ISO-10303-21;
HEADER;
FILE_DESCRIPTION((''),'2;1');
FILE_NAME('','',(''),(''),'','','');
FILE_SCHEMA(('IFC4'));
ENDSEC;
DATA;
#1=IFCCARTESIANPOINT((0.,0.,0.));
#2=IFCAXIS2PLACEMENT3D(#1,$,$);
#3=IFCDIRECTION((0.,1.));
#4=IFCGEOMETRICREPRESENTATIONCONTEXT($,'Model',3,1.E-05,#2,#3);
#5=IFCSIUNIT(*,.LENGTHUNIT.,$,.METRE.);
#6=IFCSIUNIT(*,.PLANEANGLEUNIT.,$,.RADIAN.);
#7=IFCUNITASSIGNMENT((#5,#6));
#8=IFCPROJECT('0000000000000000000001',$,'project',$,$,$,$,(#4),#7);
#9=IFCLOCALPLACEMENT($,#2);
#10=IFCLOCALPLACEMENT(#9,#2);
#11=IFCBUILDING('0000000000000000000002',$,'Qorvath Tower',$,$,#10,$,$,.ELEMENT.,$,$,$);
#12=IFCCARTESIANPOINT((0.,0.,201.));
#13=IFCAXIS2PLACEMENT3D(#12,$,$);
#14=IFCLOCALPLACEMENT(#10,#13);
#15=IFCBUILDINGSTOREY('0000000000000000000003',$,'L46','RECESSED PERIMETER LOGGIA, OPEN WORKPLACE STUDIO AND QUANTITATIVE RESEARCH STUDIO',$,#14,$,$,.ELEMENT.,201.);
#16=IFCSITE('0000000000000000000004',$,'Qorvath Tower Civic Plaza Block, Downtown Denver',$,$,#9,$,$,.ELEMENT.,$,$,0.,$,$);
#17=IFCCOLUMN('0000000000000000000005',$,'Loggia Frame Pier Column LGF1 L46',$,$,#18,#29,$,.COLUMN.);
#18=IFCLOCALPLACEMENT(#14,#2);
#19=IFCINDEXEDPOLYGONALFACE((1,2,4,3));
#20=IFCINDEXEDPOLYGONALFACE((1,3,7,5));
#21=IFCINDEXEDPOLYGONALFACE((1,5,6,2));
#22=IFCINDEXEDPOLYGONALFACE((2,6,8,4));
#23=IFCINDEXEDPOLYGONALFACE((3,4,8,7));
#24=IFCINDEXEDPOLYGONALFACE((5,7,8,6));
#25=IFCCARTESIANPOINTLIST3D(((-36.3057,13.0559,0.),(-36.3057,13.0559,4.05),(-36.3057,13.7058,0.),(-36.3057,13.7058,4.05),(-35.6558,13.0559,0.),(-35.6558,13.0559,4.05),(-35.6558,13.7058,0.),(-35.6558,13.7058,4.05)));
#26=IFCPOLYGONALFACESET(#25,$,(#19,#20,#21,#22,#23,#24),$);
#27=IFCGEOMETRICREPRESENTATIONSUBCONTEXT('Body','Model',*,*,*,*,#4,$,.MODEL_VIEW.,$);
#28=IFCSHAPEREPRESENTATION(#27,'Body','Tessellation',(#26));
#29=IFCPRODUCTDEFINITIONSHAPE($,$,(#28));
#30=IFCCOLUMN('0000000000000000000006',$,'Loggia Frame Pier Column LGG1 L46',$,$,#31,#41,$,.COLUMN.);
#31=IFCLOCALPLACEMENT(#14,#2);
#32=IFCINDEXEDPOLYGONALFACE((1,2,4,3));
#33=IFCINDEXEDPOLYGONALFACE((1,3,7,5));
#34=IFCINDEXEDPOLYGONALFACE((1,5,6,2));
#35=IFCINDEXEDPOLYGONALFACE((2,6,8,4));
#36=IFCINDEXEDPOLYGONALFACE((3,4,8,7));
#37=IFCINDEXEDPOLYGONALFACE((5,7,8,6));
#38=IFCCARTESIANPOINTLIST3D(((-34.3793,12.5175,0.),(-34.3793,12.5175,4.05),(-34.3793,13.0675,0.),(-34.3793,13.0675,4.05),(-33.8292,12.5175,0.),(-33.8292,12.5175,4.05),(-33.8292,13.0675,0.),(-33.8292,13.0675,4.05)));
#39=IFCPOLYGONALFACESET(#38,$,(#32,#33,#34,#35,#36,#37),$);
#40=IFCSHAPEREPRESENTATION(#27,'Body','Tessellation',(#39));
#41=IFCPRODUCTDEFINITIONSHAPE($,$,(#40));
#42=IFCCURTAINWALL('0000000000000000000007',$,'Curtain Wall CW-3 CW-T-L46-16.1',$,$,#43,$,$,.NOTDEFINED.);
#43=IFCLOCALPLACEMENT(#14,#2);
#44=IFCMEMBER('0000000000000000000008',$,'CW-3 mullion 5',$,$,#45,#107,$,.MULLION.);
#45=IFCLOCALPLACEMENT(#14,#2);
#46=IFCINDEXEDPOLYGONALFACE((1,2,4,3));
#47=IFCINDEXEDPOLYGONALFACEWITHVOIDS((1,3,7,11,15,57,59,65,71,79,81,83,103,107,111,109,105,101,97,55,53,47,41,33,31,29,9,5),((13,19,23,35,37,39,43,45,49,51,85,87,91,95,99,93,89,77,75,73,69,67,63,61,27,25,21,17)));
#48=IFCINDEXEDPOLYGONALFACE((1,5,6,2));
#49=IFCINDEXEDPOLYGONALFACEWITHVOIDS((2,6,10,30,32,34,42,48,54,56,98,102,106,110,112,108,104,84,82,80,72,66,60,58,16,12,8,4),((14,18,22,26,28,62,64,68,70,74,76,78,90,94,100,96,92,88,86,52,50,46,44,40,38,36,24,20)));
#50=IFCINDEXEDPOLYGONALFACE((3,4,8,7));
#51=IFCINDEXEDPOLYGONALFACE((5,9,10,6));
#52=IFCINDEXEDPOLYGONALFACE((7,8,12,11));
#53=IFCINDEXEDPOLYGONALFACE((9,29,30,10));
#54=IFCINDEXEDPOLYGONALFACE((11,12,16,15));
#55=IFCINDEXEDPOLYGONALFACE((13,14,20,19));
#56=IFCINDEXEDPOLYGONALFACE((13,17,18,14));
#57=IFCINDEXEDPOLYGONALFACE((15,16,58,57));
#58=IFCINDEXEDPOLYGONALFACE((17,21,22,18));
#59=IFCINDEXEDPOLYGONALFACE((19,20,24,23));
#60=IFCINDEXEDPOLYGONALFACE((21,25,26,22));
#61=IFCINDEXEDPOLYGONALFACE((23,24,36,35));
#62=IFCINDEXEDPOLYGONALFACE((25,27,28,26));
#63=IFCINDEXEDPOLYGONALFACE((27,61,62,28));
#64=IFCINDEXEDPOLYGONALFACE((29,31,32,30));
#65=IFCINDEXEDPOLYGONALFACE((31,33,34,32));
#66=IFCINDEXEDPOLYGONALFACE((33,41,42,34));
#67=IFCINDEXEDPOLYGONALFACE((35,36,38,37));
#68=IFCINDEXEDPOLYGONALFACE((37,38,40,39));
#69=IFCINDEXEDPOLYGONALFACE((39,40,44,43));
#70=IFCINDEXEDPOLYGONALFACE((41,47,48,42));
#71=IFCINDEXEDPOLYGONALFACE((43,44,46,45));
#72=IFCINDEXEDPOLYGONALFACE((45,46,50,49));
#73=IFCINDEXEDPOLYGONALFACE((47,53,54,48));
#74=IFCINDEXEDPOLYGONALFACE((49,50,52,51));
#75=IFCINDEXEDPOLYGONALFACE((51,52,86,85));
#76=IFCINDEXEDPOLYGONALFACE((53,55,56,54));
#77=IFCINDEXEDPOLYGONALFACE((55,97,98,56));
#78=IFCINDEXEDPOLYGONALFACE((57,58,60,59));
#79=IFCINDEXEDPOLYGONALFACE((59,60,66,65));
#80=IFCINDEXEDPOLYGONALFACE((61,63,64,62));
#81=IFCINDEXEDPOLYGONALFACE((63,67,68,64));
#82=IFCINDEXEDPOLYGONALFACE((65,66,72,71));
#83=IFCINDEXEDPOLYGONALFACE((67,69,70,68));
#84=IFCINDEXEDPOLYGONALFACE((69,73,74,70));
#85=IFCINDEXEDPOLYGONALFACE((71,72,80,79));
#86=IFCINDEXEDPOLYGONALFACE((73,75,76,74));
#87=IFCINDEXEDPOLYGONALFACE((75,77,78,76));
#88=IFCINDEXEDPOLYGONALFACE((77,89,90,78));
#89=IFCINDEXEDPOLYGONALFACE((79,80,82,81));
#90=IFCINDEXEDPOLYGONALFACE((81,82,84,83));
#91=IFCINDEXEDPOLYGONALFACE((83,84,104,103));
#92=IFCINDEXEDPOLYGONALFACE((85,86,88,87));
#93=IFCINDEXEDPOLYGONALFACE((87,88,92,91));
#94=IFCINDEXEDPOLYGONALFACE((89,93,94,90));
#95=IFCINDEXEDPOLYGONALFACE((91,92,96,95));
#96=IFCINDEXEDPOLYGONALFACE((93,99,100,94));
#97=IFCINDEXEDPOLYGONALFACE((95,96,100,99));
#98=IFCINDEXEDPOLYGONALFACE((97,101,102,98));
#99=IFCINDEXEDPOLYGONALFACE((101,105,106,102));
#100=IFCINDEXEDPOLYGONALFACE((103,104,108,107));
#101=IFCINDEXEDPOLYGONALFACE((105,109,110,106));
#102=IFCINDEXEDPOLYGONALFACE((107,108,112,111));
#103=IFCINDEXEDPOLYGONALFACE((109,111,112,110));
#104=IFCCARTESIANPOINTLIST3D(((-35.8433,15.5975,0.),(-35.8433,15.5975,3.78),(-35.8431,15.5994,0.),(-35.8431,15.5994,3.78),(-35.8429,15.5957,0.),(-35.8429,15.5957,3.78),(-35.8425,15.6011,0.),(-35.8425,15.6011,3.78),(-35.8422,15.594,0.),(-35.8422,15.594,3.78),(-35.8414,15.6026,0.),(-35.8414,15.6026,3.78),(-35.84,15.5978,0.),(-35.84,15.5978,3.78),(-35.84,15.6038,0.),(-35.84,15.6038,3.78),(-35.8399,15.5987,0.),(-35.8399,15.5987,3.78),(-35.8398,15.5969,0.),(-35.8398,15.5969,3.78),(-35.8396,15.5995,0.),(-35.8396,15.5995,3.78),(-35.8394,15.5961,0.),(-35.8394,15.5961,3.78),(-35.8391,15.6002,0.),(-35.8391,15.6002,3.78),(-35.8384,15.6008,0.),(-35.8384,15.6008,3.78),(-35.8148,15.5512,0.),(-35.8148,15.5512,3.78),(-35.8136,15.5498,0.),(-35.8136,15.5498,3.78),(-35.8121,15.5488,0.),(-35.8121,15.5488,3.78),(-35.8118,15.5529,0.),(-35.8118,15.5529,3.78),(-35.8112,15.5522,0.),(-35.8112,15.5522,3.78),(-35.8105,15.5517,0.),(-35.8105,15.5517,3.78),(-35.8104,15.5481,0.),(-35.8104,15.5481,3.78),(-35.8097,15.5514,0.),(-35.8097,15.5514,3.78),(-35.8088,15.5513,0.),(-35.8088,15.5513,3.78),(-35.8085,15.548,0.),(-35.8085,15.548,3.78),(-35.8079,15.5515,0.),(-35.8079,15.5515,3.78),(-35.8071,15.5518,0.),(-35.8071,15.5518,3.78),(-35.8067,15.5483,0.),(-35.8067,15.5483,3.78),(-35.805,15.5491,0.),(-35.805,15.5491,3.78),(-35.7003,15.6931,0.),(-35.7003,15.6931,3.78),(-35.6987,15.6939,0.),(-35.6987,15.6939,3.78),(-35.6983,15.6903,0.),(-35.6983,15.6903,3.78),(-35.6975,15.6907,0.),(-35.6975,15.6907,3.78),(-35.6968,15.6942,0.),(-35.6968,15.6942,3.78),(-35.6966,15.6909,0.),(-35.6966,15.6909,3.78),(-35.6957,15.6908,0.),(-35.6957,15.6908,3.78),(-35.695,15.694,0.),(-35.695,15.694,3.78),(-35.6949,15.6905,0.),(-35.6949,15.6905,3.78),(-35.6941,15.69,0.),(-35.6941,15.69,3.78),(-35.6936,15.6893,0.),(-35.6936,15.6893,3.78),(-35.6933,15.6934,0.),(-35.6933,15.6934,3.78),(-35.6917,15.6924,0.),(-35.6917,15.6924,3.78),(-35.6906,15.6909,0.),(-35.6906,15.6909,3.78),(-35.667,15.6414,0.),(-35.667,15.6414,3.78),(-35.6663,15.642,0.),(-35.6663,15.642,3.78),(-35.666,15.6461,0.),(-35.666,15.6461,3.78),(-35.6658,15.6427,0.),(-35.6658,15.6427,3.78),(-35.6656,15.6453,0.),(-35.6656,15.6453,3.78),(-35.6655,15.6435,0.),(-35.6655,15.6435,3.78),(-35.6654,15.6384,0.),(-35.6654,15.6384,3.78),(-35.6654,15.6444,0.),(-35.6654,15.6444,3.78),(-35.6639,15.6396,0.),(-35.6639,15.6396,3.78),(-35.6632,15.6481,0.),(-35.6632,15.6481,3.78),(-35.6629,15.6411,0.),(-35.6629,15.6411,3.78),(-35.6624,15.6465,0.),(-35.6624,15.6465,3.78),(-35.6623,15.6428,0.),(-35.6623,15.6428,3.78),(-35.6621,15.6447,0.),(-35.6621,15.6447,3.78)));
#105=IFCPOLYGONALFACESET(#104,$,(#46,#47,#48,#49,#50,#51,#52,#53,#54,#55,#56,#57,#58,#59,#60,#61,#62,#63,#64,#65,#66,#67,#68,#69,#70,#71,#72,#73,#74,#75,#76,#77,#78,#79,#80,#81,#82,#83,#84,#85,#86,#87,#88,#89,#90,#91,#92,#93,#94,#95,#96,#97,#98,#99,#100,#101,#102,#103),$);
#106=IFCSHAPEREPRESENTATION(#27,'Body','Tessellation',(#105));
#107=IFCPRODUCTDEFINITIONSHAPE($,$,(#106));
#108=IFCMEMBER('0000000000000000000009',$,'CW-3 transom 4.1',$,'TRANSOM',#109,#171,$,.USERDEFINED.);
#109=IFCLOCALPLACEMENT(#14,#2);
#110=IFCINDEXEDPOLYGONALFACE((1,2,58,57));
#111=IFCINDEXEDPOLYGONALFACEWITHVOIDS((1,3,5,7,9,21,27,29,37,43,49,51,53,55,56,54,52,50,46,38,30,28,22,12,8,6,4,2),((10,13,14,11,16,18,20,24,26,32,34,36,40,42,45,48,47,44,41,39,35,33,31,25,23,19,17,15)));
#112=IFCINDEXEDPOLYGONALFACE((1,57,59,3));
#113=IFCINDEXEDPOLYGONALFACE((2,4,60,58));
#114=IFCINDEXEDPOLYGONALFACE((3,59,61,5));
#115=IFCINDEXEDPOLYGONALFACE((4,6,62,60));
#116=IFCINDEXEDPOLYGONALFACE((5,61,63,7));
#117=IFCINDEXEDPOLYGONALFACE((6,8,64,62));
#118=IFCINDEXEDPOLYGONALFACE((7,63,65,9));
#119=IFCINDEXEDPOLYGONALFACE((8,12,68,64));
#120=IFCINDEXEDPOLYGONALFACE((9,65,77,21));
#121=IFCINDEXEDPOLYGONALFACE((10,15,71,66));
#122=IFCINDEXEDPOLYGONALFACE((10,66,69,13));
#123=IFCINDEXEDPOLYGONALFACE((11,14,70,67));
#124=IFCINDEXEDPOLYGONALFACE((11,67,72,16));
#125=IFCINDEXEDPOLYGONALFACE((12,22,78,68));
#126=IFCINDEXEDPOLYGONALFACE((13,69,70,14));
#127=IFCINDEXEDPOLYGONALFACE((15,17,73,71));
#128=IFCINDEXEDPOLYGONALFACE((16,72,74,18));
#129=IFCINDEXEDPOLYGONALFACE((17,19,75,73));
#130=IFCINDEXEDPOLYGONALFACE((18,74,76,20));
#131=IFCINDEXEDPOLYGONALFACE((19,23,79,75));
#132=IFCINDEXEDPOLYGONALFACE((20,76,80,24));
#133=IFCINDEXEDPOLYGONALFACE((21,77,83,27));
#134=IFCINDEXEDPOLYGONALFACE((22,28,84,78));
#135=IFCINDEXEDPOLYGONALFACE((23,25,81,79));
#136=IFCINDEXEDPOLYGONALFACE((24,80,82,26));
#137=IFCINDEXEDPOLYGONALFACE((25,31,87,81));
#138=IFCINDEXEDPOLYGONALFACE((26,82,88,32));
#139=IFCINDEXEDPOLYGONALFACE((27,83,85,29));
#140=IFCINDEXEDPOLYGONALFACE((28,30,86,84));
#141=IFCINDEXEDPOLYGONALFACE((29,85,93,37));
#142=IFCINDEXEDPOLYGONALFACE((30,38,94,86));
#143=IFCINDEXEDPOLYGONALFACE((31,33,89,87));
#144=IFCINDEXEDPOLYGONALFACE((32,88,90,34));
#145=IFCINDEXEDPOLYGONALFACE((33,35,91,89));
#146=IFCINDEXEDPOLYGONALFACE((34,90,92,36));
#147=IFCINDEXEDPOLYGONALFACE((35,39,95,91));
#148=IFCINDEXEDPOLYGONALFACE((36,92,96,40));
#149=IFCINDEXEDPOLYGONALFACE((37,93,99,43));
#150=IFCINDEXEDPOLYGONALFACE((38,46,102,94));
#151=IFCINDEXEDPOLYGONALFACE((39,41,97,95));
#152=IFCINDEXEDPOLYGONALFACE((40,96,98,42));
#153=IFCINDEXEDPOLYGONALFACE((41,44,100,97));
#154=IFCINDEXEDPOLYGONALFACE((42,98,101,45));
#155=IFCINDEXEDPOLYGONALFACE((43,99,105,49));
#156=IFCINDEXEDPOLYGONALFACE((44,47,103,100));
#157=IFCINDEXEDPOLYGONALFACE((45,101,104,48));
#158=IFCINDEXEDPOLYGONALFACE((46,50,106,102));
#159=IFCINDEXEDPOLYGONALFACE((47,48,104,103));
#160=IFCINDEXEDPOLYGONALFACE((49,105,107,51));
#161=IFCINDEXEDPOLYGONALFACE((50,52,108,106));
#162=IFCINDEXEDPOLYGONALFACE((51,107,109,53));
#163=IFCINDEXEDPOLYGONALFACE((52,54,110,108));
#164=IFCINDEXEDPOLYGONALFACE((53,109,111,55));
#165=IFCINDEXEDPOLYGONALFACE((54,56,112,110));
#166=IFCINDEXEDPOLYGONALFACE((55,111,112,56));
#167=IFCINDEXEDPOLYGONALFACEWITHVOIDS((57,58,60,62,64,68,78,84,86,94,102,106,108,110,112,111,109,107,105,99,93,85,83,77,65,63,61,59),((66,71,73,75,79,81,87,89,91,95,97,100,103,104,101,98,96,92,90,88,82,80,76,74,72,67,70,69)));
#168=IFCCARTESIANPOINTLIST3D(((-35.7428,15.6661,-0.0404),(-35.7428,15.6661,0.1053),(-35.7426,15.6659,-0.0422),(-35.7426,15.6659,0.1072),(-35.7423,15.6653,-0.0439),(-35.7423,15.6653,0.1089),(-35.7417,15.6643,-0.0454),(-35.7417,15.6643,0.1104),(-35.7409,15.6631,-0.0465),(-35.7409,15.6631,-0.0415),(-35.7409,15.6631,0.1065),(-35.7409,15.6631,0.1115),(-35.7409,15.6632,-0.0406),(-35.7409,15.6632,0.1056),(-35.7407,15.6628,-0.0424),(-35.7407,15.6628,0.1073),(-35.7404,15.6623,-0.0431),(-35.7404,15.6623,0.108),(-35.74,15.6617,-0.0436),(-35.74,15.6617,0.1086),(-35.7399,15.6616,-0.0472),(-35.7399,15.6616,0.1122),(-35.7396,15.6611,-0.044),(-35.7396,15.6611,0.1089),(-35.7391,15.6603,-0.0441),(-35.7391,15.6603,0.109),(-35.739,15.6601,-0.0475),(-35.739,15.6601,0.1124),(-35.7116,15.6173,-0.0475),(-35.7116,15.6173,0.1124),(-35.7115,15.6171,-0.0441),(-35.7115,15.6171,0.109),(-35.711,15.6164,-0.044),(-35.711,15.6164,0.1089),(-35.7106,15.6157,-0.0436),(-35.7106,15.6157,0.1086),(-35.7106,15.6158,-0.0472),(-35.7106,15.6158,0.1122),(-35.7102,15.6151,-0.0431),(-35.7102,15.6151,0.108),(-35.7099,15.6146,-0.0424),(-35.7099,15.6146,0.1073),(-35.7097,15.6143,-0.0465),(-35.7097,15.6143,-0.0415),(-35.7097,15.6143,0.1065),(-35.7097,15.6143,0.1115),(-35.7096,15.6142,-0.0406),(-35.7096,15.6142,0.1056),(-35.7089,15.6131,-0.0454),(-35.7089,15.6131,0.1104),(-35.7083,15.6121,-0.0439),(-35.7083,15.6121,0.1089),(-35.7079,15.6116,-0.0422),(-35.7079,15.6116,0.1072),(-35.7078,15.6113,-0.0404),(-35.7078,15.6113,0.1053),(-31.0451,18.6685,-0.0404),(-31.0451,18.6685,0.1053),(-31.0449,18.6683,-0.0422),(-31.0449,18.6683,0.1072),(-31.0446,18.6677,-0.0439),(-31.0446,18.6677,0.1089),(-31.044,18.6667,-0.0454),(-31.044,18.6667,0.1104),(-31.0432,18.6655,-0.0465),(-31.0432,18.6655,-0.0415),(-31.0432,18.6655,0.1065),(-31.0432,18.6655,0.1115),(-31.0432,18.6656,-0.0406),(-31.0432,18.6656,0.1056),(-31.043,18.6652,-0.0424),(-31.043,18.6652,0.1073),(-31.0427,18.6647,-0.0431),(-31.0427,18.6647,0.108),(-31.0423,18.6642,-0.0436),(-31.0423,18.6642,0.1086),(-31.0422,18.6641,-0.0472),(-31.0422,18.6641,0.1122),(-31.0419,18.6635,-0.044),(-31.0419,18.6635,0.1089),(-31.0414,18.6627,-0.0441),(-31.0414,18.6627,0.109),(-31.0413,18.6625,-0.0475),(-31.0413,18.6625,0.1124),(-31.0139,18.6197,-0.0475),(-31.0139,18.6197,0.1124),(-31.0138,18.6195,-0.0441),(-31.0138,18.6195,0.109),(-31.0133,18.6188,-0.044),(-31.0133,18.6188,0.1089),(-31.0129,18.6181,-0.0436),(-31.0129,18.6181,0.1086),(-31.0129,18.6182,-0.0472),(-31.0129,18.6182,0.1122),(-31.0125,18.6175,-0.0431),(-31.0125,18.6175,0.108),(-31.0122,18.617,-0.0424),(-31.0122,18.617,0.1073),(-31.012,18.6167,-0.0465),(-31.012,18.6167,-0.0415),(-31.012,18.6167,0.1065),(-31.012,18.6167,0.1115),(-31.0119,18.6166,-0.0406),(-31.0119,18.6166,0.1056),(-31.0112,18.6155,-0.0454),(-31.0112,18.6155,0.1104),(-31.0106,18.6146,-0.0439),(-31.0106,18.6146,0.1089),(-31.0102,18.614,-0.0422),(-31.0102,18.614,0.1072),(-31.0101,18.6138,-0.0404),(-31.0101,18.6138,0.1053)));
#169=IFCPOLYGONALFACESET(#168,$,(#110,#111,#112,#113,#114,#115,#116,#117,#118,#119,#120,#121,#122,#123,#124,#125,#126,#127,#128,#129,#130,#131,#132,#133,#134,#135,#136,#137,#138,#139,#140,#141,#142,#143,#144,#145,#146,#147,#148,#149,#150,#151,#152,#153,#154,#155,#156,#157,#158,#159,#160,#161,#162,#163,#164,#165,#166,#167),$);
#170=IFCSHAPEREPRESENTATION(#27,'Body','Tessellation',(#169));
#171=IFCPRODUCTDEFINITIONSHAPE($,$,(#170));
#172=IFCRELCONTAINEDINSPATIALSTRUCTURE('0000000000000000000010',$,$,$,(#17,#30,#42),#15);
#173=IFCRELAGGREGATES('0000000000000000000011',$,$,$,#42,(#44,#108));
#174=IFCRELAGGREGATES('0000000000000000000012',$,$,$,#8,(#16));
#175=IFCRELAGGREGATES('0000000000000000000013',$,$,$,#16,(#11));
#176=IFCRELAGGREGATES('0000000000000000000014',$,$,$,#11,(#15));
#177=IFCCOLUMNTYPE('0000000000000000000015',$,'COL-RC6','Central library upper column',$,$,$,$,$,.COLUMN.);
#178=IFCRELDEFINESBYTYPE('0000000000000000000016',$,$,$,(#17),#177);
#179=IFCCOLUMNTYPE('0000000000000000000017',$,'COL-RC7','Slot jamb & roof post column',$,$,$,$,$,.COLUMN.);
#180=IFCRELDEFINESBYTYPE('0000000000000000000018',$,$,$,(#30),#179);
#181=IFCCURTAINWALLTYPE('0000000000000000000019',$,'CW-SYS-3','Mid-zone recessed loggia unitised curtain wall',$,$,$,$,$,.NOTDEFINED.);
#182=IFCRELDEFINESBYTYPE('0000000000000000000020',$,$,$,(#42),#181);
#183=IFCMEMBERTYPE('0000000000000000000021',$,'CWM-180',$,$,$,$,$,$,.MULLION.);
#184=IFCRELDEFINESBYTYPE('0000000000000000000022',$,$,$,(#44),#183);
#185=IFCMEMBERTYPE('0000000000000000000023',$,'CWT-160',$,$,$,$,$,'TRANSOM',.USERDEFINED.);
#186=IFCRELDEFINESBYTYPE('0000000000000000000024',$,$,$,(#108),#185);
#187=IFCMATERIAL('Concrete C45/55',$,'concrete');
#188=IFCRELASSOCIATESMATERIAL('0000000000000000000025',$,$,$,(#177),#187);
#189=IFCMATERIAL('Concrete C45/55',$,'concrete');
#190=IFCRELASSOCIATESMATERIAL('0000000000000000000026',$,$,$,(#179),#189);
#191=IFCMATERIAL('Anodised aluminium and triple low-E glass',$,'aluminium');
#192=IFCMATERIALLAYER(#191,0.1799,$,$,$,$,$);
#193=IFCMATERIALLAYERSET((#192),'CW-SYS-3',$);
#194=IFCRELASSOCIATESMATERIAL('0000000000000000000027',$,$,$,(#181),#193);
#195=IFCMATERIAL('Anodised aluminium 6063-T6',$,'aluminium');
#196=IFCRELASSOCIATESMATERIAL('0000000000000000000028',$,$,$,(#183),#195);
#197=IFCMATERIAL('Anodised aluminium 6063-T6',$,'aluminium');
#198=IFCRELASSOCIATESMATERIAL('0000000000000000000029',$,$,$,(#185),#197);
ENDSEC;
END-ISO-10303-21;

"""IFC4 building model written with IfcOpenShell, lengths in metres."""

from ifc_helpers import new_model, si_unit, direction, frame, origin, origin_2d, place, context, subcontext, project, spatial, rectangle, hollow_rectangle, extrude, material, layer, layer_set, material_profile, profile_set, type_object, element, aggregate, save


model = new_model("IFC4")

# Units and contexts
model_context = context("Model", 3, precision=1e-05, world=origin(), true_north=direction((0.0, 1.0)))
body_context = subcontext(model_context, "Body", "Model", "MODEL_VIEW")
ifc_project = project(units=[si_unit("LENGTHUNIT", "METRE"), si_unit("PLANEANGLEUNIT", "RADIAN")], contexts=[model_context])

# Site, building, storey
site_placement = place(None, origin())
site = spatial("IfcSite", under=ifc_project, at=site_placement, Name="Qorvath Tower Civic Plaza Block, Downtown Denver", CompositionType="ELEMENT", RefElevation=0.0)
building_placement = place(site_placement, origin())
building = spatial("IfcBuilding", under=site, at=building_placement, Name="Qorvath Tower", CompositionType="ELEMENT")
storey_placement = place(building_placement, frame((0.0, 0.0, 201.0)))
storey = spatial("IfcBuildingStorey", under=building, at=storey_placement, Name="L46", Description="RECESSED PERIMETER LOGGIA, OPEN WORKPLACE STUDIO AND QUANTITATIVE RESEARCH STUDIO", CompositionType="ELEMENT", Elevation=201.0)

# Columns
ifc_material_1 = material(Name="Concrete C45/55", Category="concrete")
ifc_material_profile_1 = material_profile(ifc_material_1, rectangle(XDim=0.6499, YDim=0.6499, at=origin_2d()), Name="RC 650x650")
ifc_profile_set_1 = profile_set([ifc_material_profile_1], Name="Concrete C45/55")
column_type_1 = type_object("IfcColumnType", Name="COL-RC6", Description="Central library upper column", PredefinedType="COLUMN", material=ifc_profile_set_1)
column_1_placement = place(storey_placement, frame((-35.9807, 13.3809, 0.0), z_axis=(0.0, 0.0, 1.0), x_axis=(1.0, 0.0, 0.0)))
element("IfcColumn", 1, at=column_1_placement, inside=storey, type_object=column_type_1, Name="Loggia Frame Pier Column LGF1 L46", PredefinedType="COLUMN", context=body_context, shape_type="SweptSolid", body=[
    extrude(rectangle(XDim=0.6499, YDim=0.6499, at=origin_2d()), origin(), (0.0, 0.0, 1.0), 4.05),
])
ifc_material_2 = material(Name="Concrete C45/55", Category="concrete")
ifc_material_profile_2 = material_profile(ifc_material_2, rectangle(XDim=0.55, YDim=0.55, at=origin_2d()), Name="RC 550x550")
ifc_profile_set_2 = profile_set([ifc_material_profile_2], Name="Concrete C45/55")
column_type_2 = type_object("IfcColumnType", Name="COL-RC7", Description="Slot jamb & roof post column", PredefinedType="COLUMN", material=ifc_profile_set_2)
column_2_placement = place(storey_placement, frame((-34.1042, 12.7925, 0.0), z_axis=(0.0, 0.0, 1.0), x_axis=(1.0, 0.0, 0.0)))
element("IfcColumn", 2, at=column_2_placement, inside=storey, type_object=column_type_2, Name="Loggia Frame Pier Column LGG1 L46", PredefinedType="COLUMN", context=body_context, shape_type="SweptSolid", body=[
    extrude(rectangle(XDim=0.55, YDim=0.55, at=origin_2d()), origin(), (0.0, 0.0, 1.0), 4.05),
])

# Curtain wall, members
ifc_material_3 = material(Name="Anodised aluminium and triple low-E glass", Category="aluminium")
ifc_layer_1 = layer(ifc_material_3, 0.1799)
ifc_layer_set_1 = layer_set([ifc_layer_1], Name="CW-SYS-3")
curtain_wall_type = type_object("IfcCurtainWallType", Name="CW-SYS-3", Description="Mid-zone recessed loggia unitised curtain wall", PredefinedType="NOTDEFINED", material=ifc_layer_set_1)
curtain_wall_placement = place(storey_placement, origin())
curtain_wall = element("IfcCurtainWall", 3, at=curtain_wall_placement, inside=storey, type_object=curtain_wall_type, Name="Curtain Wall CW-3 CW-T-L46-16.1", PredefinedType="NOTDEFINED")
ifc_material_4 = material(Name="Anodised aluminium 6063-T6", Category="aluminium")
ifc_material_profile_3 = material_profile(ifc_material_4, hollow_rectangle(XDim=0.0649, YDim=0.1799, WallThickness=0.0034, InnerFilletRadius=0.0034, OuterFilletRadius=0.0071, at=origin_2d()), Name="CWM 180x65")
ifc_profile_set_3 = profile_set([ifc_material_profile_3], Name="Anodised aluminium 6063-T6")
member_type_1 = type_object("IfcMemberType", Name="CWM-180", PredefinedType="MULLION", material=ifc_profile_set_3)
member_1_placement = place(storey_placement, frame((-35.7527, 15.6211, 0.0), z_axis=(0.0, 0.0, 1.0), x_axis=(0.538534, -0.842604, 0.0)))
member_1 = element("IfcMember", 4, at=member_1_placement, type_object=member_type_1, Name="CW-3 mullion 5", PredefinedType="MULLION", context=body_context, shape_type="SweptSolid", body=[
    extrude(hollow_rectangle(XDim=0.0649, YDim=0.1799, WallThickness=0.0034, InnerFilletRadius=0.0034, OuterFilletRadius=0.0071, at=origin_2d()), origin(), (0.0, 0.0, 1.0), 3.78),
])
ifc_material_5 = material(Name="Anodised aluminium 6063-T6", Category="aluminium")
ifc_material_profile_4 = material_profile(ifc_material_5, hollow_rectangle(XDim=0.0649, YDim=0.1599, WallThickness=0.0034, InnerFilletRadius=0.0034, OuterFilletRadius=0.0071, at=origin_2d()), Name="CWT 160x65")
ifc_profile_set_4 = profile_set([ifc_material_profile_4], Name="Anodised aluminium 6063-T6")
member_type_2 = type_object("IfcMemberType", Name="CWT-160", ElementType="TRANSOM", PredefinedType="USERDEFINED", material=ifc_profile_set_4)
member_2_placement = place(storey_placement, frame((-31.0276, 18.6411, 0.0325), z_axis=(-0.842607, -0.538529, 0.0), x_axis=(0.538529, -0.842607, 0.0)))
member_2 = element("IfcMember", 5, at=member_2_placement, type_object=member_type_2, Name="CW-3 transom 4.1", ObjectType="TRANSOM", PredefinedType="USERDEFINED", context=body_context, shape_type="SweptSolid", body=[
    extrude(hollow_rectangle(XDim=0.0649, YDim=0.1599, WallThickness=0.0034, InnerFilletRadius=0.0034, OuterFilletRadius=0.0071, at=origin_2d()), origin(), (0.0, 0.0, 1.0), 5.5752),
])
aggregate(curtain_wall, [member_1, member_2])

save(model, "model.ifc")
